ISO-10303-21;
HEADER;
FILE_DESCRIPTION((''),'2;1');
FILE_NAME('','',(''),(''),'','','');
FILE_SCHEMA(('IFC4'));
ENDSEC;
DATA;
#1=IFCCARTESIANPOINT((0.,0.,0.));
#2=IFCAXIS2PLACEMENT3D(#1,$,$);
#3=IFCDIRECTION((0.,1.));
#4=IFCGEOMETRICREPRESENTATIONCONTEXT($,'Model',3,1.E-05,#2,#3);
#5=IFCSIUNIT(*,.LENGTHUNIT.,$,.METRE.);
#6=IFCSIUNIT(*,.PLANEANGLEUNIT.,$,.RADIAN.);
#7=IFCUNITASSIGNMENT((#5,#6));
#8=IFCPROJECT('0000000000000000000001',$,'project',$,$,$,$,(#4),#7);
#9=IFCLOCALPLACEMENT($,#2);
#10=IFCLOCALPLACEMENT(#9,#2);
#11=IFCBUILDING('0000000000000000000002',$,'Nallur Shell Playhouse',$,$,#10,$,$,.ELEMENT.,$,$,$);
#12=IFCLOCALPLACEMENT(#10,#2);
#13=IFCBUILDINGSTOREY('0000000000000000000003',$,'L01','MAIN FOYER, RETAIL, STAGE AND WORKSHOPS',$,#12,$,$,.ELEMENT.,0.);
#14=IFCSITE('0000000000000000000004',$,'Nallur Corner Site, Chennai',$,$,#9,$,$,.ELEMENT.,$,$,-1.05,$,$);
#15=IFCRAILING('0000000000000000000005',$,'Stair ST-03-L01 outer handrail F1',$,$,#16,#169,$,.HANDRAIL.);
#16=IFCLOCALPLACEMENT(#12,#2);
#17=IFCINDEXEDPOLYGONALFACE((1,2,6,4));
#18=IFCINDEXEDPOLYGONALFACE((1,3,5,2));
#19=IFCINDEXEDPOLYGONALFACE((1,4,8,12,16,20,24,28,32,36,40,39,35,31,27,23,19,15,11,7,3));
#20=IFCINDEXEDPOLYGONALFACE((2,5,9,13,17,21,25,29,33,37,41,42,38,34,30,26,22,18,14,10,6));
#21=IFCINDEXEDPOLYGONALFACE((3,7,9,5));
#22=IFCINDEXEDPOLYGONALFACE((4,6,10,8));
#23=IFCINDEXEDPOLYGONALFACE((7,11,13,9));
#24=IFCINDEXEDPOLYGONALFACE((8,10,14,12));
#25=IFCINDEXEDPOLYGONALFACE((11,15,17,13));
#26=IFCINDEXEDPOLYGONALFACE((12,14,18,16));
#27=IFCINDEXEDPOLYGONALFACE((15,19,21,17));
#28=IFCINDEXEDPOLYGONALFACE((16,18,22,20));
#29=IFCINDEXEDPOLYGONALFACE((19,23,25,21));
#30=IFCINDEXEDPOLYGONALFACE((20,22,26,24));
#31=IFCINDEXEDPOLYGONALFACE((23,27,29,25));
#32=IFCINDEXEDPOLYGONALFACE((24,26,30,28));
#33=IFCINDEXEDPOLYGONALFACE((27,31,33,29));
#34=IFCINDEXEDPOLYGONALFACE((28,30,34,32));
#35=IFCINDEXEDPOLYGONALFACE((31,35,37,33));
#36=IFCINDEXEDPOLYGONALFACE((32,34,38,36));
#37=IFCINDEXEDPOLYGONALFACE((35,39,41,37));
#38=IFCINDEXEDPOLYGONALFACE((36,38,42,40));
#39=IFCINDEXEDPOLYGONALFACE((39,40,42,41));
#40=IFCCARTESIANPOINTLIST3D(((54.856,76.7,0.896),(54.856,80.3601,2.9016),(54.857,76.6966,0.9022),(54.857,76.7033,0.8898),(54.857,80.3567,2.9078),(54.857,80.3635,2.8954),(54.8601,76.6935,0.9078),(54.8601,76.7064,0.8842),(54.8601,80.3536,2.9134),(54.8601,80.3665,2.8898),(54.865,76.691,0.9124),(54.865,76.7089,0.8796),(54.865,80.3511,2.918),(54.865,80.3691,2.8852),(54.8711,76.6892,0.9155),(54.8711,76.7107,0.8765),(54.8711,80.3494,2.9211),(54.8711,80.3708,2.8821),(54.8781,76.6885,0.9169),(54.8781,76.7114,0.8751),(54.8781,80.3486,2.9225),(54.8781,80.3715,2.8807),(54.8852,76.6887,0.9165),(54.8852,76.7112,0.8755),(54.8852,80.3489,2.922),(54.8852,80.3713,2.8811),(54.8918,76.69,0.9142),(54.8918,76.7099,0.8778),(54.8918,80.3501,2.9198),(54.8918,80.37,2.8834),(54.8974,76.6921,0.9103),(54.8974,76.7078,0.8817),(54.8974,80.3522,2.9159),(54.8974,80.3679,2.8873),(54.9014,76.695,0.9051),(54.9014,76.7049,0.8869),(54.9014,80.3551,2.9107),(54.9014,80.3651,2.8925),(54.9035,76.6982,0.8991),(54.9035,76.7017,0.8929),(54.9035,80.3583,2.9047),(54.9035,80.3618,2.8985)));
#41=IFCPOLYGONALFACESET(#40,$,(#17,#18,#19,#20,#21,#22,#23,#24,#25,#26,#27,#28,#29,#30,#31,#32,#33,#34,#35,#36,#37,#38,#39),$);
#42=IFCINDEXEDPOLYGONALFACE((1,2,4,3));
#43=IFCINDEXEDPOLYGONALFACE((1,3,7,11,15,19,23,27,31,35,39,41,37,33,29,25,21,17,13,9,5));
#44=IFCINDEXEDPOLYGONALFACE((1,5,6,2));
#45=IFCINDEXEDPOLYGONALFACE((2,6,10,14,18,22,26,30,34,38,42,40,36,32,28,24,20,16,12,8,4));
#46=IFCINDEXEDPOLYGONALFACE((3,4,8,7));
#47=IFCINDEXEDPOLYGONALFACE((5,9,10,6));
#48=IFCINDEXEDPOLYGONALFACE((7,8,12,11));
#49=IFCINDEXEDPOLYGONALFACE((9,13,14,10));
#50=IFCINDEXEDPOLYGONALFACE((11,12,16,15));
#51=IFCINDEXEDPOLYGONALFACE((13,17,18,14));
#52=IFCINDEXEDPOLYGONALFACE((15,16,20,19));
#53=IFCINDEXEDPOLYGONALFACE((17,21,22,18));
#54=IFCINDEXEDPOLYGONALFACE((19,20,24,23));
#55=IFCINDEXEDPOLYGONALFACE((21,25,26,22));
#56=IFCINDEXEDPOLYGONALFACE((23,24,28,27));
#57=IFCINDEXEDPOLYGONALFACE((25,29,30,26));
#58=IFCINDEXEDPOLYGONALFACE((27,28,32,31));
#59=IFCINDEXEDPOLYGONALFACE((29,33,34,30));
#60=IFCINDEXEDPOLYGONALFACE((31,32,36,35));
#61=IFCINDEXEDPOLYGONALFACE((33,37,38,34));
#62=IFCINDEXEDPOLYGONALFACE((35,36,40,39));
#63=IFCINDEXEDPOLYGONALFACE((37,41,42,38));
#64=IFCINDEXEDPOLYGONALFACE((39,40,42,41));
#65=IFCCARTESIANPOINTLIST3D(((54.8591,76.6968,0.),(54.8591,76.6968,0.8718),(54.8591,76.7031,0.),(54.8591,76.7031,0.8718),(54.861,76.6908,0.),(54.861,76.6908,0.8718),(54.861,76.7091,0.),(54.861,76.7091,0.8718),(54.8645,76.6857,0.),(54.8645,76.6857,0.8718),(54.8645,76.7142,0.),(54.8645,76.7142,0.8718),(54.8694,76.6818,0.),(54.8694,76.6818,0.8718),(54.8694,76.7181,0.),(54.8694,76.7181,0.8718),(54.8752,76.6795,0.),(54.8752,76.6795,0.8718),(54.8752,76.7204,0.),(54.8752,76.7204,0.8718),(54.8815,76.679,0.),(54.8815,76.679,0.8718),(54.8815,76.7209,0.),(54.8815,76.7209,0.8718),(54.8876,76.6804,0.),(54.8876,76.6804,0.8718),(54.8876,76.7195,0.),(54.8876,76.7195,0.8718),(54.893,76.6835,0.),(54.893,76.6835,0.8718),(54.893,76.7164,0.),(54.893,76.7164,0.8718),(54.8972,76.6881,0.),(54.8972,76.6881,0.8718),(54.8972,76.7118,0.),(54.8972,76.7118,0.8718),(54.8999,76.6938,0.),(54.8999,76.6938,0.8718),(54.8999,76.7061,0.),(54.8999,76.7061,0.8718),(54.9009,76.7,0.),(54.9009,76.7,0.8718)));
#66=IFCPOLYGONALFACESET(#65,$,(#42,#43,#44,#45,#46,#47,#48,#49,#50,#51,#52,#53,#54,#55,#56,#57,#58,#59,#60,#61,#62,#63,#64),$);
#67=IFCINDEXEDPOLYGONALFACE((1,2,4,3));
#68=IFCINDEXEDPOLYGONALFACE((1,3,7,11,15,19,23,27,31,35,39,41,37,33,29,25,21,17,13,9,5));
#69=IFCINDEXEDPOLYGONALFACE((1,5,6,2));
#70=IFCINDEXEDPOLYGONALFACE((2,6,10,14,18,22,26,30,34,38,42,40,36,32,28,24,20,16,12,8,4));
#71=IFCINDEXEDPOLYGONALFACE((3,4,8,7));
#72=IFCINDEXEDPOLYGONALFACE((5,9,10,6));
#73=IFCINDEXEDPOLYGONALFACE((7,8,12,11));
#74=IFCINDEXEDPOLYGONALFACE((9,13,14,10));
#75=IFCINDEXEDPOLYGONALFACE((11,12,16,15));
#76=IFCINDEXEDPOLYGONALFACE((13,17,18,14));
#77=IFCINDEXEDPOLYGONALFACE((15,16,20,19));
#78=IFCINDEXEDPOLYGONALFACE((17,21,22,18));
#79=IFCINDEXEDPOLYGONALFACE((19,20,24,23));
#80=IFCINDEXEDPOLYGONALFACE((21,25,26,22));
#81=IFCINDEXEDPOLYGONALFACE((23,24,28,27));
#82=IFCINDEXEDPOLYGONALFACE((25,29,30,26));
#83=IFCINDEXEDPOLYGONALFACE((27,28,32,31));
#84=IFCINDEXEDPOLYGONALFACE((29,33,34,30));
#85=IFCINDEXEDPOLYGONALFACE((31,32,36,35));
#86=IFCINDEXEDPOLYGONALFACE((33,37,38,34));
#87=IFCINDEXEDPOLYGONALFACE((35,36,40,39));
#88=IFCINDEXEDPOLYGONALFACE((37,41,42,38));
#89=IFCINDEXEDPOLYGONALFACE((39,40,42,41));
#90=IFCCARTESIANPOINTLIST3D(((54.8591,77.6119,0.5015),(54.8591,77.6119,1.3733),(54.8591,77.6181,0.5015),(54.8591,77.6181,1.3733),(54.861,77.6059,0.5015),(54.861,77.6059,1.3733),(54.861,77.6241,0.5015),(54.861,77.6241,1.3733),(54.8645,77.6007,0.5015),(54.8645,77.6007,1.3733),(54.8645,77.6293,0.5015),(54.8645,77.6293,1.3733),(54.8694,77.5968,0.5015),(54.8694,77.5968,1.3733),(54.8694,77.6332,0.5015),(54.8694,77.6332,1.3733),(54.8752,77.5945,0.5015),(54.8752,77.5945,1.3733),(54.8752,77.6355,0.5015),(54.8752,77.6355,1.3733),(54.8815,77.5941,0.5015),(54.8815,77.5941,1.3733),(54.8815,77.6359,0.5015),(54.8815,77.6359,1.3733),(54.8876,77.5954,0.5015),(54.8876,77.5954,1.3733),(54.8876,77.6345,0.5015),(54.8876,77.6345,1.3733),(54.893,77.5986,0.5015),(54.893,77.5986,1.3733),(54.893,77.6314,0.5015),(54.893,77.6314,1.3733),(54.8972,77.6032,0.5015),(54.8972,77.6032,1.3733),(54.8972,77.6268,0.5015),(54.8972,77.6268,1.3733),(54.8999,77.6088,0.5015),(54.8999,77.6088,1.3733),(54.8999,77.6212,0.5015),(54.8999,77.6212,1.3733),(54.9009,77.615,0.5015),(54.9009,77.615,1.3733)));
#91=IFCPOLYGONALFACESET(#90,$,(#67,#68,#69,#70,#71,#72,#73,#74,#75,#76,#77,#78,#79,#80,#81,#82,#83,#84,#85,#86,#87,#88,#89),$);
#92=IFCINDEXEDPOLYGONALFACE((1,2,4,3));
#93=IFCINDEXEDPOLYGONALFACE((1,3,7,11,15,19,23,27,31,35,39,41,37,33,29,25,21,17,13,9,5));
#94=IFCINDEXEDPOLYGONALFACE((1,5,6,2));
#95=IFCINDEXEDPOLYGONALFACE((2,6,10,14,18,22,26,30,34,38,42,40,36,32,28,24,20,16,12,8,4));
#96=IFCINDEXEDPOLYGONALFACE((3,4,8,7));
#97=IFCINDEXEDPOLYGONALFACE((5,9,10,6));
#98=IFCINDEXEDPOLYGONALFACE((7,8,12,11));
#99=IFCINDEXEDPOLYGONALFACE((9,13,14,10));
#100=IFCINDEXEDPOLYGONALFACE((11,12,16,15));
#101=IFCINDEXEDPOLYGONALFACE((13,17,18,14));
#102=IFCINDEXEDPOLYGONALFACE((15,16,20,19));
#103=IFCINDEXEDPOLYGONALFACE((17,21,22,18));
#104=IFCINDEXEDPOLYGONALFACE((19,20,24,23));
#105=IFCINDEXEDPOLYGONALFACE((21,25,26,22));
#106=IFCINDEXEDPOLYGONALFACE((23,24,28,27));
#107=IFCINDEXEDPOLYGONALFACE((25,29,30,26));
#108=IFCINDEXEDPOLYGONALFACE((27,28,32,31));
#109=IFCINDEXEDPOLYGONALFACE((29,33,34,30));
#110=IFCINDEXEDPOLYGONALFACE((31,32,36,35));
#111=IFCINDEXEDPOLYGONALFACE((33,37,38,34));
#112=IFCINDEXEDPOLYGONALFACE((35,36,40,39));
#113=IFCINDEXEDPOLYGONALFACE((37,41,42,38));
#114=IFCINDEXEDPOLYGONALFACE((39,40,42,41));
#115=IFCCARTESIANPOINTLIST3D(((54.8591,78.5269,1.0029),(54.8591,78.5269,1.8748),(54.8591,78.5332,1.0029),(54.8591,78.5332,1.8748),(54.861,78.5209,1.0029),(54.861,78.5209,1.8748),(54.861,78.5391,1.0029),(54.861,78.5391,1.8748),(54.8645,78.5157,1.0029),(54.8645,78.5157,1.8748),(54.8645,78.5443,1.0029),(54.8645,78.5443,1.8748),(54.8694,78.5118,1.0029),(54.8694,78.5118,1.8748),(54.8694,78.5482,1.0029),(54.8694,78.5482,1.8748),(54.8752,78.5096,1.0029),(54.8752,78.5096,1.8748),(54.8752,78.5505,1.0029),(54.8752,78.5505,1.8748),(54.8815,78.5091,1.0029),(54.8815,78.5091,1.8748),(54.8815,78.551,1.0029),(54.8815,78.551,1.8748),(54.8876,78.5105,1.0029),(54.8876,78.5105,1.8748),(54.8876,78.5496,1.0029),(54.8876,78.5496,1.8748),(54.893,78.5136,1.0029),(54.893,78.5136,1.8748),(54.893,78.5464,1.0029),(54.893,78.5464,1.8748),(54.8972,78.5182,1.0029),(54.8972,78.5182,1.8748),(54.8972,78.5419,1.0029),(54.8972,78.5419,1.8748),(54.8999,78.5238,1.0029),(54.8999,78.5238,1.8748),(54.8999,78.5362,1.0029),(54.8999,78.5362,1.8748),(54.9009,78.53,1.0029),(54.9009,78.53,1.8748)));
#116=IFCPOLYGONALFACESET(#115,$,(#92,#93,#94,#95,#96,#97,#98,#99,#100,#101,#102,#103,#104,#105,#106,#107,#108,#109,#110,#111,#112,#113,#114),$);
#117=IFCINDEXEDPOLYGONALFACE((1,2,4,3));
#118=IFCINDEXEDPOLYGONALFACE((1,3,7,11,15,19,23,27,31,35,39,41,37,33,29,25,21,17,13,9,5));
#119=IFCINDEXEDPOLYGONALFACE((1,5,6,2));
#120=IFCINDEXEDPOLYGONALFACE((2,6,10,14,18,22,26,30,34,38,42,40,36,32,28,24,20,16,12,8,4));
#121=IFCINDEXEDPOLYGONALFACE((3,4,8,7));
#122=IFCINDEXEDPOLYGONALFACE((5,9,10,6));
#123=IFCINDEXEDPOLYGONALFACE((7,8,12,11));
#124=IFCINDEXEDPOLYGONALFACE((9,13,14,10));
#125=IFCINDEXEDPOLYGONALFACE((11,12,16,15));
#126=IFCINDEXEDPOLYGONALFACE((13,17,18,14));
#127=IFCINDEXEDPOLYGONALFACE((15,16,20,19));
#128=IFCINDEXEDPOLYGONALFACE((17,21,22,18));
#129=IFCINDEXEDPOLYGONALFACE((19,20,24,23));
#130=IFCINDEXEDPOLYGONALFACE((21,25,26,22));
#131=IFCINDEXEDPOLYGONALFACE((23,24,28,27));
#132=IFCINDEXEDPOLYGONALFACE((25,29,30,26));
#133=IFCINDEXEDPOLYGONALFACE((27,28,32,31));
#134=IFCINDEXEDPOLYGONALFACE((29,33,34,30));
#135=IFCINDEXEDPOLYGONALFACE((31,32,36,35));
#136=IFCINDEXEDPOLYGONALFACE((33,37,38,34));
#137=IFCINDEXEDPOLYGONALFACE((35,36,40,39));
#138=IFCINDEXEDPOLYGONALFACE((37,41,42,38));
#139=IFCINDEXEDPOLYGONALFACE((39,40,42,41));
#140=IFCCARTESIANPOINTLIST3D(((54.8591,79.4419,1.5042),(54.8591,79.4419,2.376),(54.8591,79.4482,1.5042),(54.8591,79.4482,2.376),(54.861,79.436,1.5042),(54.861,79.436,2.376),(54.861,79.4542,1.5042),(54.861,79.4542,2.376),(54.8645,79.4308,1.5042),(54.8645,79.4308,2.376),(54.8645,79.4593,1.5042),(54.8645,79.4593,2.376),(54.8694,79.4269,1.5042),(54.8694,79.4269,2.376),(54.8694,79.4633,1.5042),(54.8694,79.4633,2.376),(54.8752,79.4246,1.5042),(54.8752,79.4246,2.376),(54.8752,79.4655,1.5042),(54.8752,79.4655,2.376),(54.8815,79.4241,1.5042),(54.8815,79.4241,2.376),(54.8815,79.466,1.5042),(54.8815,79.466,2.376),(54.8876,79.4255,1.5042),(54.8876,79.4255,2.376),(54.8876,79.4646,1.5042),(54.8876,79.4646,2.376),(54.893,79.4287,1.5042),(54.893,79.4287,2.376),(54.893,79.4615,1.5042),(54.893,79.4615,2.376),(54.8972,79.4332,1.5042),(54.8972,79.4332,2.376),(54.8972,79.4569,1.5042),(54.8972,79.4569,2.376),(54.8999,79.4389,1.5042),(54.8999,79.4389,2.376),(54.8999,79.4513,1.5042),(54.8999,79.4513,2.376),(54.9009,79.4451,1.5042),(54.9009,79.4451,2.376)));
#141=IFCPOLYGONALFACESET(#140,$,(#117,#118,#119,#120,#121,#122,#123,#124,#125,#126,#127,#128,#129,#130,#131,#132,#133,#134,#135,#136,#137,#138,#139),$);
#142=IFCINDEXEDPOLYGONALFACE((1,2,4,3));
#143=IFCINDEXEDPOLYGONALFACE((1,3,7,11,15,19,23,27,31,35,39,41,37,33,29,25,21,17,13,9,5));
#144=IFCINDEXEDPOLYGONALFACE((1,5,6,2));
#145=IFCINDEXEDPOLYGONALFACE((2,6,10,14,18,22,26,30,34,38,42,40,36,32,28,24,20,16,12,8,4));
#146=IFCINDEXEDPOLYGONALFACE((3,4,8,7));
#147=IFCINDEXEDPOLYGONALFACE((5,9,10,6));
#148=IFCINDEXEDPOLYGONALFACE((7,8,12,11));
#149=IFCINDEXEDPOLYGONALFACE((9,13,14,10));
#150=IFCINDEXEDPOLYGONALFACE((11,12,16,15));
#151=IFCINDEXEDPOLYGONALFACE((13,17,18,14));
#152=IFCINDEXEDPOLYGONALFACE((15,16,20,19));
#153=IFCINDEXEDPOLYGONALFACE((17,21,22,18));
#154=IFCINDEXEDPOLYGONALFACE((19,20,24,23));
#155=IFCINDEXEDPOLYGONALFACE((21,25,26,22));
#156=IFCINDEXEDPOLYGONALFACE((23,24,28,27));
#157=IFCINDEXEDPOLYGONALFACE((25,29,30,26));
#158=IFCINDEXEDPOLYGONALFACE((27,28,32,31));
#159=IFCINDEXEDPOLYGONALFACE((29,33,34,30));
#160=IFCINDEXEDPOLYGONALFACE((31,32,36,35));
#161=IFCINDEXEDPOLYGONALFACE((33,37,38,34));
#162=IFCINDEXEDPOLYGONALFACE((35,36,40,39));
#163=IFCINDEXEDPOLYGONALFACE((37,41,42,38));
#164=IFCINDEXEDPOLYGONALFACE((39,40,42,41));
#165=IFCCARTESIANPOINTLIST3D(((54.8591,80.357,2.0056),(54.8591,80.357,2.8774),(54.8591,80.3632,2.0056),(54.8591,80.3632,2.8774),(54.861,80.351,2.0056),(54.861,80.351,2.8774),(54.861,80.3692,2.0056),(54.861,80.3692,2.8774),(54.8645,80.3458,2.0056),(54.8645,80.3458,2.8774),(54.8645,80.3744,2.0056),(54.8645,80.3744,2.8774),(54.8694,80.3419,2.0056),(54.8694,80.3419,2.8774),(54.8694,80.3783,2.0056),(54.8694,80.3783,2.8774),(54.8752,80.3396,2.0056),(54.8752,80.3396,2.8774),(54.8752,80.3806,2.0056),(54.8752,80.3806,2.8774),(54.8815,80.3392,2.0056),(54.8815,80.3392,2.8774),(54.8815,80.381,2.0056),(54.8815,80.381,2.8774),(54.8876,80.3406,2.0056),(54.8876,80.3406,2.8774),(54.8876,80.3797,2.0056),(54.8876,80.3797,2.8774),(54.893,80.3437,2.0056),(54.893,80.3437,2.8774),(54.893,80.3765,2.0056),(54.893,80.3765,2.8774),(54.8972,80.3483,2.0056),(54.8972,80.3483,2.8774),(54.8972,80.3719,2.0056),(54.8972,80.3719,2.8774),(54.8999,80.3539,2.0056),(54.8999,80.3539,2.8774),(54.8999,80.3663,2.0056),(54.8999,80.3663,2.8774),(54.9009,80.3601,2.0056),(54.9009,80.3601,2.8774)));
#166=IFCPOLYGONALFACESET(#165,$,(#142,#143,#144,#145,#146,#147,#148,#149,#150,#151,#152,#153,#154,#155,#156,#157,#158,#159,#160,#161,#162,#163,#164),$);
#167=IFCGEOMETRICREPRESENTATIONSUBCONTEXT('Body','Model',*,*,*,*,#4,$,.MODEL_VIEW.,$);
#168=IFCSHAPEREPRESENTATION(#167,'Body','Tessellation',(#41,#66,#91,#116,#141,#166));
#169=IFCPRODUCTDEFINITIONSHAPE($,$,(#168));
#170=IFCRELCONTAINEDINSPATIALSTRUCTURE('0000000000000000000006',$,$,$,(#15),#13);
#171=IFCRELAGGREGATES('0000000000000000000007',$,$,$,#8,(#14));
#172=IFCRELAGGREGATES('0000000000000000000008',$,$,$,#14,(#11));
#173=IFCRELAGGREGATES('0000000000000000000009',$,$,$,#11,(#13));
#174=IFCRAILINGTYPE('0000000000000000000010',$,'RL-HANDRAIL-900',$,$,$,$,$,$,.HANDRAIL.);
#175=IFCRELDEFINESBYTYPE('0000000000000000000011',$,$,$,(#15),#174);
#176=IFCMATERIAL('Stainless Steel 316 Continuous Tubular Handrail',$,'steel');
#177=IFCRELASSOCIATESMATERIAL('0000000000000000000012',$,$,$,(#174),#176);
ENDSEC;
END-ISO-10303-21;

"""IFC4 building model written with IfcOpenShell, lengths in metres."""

from ifc_helpers import new_model, si_unit, direction, frame, origin, origin_2d, place, context, subcontext, project, spatial, circle, extrude, material, type_object, element, save


model = new_model("IFC4")

# Units and contexts
model_context = context("Model", 3, precision=1e-05, world=origin(), true_north=direction((0.0, 1.0)))
body_context = subcontext(model_context, "Body", "Model", "MODEL_VIEW")
ifc_project = project(units=[si_unit("LENGTHUNIT", "METRE"), si_unit("PLANEANGLEUNIT", "RADIAN")], contexts=[model_context])

# Site, building, storey
site_placement = place(None, origin())
site = spatial("IfcSite", under=ifc_project, at=site_placement, Name="Nallur Corner Site, Chennai", CompositionType="ELEMENT", RefElevation=-1.05)
building_placement = place(site_placement, origin())
building = spatial("IfcBuilding", under=site, at=building_placement, Name="Nallur Shell Playhouse", CompositionType="ELEMENT")
storey_placement = place(building_placement, origin())
storey = spatial("IfcBuildingStorey", under=building, at=storey_placement, Name="L01", Description="MAIN FOYER, RETAIL, STAGE AND WORKSHOPS", CompositionType="ELEMENT", Elevation=0.0)

# Railing
ifc_material_1 = material(Name="Stainless Steel 316 Continuous Tubular Handrail", Category="steel")
railing_type_1 = type_object("IfcRailingType", Name="RL-HANDRAIL-900", PredefinedType="HANDRAIL", material=ifc_material_1)
railing_1_placement = place(storey_placement, frame((54.8799, 76.7, 0.0)))
element("IfcRailing", 1, at=railing_1_placement, inside=storey, type_object=railing_type_1, Name="Stair ST-03-L01 outer handrail F1", PredefinedType="HANDRAIL", context=body_context, shape_type="SweptSolid", body=[
    extrude(circle(Radius=0.0239, at=origin_2d()), frame((0.0, 0.0, 0.896), z_axis=(0.0, 0.876971, 0.480544), x_axis=(-1.0, 0.0, 0.0)), (0.0, 0.0, 1.0), 4.1736),
    extrude(circle(Radius=0.021, at=origin_2d()), origin(), (0.0, 0.0, 1.0), 0.8718),
    extrude(circle(Radius=0.021, at=origin_2d()), frame((0.0, 0.915, 0.5015)), (0.0, 0.0, 1.0), 0.8718),
    extrude(circle(Radius=0.021, at=origin_2d()), frame((0.0, 1.8301, 1.0029)), (0.0, 0.0, 1.0), 0.8718),
    extrude(circle(Radius=0.021, at=origin_2d()), frame((0.0, 2.7451, 1.5042)), (0.0, 0.0, 1.0), 0.8718),
    extrude(circle(Radius=0.021, at=origin_2d()), frame((0.0, 3.6602, 2.0056)), (0.0, 0.0, 1.0), 0.8718),
])

save(model, "model.ifc")
